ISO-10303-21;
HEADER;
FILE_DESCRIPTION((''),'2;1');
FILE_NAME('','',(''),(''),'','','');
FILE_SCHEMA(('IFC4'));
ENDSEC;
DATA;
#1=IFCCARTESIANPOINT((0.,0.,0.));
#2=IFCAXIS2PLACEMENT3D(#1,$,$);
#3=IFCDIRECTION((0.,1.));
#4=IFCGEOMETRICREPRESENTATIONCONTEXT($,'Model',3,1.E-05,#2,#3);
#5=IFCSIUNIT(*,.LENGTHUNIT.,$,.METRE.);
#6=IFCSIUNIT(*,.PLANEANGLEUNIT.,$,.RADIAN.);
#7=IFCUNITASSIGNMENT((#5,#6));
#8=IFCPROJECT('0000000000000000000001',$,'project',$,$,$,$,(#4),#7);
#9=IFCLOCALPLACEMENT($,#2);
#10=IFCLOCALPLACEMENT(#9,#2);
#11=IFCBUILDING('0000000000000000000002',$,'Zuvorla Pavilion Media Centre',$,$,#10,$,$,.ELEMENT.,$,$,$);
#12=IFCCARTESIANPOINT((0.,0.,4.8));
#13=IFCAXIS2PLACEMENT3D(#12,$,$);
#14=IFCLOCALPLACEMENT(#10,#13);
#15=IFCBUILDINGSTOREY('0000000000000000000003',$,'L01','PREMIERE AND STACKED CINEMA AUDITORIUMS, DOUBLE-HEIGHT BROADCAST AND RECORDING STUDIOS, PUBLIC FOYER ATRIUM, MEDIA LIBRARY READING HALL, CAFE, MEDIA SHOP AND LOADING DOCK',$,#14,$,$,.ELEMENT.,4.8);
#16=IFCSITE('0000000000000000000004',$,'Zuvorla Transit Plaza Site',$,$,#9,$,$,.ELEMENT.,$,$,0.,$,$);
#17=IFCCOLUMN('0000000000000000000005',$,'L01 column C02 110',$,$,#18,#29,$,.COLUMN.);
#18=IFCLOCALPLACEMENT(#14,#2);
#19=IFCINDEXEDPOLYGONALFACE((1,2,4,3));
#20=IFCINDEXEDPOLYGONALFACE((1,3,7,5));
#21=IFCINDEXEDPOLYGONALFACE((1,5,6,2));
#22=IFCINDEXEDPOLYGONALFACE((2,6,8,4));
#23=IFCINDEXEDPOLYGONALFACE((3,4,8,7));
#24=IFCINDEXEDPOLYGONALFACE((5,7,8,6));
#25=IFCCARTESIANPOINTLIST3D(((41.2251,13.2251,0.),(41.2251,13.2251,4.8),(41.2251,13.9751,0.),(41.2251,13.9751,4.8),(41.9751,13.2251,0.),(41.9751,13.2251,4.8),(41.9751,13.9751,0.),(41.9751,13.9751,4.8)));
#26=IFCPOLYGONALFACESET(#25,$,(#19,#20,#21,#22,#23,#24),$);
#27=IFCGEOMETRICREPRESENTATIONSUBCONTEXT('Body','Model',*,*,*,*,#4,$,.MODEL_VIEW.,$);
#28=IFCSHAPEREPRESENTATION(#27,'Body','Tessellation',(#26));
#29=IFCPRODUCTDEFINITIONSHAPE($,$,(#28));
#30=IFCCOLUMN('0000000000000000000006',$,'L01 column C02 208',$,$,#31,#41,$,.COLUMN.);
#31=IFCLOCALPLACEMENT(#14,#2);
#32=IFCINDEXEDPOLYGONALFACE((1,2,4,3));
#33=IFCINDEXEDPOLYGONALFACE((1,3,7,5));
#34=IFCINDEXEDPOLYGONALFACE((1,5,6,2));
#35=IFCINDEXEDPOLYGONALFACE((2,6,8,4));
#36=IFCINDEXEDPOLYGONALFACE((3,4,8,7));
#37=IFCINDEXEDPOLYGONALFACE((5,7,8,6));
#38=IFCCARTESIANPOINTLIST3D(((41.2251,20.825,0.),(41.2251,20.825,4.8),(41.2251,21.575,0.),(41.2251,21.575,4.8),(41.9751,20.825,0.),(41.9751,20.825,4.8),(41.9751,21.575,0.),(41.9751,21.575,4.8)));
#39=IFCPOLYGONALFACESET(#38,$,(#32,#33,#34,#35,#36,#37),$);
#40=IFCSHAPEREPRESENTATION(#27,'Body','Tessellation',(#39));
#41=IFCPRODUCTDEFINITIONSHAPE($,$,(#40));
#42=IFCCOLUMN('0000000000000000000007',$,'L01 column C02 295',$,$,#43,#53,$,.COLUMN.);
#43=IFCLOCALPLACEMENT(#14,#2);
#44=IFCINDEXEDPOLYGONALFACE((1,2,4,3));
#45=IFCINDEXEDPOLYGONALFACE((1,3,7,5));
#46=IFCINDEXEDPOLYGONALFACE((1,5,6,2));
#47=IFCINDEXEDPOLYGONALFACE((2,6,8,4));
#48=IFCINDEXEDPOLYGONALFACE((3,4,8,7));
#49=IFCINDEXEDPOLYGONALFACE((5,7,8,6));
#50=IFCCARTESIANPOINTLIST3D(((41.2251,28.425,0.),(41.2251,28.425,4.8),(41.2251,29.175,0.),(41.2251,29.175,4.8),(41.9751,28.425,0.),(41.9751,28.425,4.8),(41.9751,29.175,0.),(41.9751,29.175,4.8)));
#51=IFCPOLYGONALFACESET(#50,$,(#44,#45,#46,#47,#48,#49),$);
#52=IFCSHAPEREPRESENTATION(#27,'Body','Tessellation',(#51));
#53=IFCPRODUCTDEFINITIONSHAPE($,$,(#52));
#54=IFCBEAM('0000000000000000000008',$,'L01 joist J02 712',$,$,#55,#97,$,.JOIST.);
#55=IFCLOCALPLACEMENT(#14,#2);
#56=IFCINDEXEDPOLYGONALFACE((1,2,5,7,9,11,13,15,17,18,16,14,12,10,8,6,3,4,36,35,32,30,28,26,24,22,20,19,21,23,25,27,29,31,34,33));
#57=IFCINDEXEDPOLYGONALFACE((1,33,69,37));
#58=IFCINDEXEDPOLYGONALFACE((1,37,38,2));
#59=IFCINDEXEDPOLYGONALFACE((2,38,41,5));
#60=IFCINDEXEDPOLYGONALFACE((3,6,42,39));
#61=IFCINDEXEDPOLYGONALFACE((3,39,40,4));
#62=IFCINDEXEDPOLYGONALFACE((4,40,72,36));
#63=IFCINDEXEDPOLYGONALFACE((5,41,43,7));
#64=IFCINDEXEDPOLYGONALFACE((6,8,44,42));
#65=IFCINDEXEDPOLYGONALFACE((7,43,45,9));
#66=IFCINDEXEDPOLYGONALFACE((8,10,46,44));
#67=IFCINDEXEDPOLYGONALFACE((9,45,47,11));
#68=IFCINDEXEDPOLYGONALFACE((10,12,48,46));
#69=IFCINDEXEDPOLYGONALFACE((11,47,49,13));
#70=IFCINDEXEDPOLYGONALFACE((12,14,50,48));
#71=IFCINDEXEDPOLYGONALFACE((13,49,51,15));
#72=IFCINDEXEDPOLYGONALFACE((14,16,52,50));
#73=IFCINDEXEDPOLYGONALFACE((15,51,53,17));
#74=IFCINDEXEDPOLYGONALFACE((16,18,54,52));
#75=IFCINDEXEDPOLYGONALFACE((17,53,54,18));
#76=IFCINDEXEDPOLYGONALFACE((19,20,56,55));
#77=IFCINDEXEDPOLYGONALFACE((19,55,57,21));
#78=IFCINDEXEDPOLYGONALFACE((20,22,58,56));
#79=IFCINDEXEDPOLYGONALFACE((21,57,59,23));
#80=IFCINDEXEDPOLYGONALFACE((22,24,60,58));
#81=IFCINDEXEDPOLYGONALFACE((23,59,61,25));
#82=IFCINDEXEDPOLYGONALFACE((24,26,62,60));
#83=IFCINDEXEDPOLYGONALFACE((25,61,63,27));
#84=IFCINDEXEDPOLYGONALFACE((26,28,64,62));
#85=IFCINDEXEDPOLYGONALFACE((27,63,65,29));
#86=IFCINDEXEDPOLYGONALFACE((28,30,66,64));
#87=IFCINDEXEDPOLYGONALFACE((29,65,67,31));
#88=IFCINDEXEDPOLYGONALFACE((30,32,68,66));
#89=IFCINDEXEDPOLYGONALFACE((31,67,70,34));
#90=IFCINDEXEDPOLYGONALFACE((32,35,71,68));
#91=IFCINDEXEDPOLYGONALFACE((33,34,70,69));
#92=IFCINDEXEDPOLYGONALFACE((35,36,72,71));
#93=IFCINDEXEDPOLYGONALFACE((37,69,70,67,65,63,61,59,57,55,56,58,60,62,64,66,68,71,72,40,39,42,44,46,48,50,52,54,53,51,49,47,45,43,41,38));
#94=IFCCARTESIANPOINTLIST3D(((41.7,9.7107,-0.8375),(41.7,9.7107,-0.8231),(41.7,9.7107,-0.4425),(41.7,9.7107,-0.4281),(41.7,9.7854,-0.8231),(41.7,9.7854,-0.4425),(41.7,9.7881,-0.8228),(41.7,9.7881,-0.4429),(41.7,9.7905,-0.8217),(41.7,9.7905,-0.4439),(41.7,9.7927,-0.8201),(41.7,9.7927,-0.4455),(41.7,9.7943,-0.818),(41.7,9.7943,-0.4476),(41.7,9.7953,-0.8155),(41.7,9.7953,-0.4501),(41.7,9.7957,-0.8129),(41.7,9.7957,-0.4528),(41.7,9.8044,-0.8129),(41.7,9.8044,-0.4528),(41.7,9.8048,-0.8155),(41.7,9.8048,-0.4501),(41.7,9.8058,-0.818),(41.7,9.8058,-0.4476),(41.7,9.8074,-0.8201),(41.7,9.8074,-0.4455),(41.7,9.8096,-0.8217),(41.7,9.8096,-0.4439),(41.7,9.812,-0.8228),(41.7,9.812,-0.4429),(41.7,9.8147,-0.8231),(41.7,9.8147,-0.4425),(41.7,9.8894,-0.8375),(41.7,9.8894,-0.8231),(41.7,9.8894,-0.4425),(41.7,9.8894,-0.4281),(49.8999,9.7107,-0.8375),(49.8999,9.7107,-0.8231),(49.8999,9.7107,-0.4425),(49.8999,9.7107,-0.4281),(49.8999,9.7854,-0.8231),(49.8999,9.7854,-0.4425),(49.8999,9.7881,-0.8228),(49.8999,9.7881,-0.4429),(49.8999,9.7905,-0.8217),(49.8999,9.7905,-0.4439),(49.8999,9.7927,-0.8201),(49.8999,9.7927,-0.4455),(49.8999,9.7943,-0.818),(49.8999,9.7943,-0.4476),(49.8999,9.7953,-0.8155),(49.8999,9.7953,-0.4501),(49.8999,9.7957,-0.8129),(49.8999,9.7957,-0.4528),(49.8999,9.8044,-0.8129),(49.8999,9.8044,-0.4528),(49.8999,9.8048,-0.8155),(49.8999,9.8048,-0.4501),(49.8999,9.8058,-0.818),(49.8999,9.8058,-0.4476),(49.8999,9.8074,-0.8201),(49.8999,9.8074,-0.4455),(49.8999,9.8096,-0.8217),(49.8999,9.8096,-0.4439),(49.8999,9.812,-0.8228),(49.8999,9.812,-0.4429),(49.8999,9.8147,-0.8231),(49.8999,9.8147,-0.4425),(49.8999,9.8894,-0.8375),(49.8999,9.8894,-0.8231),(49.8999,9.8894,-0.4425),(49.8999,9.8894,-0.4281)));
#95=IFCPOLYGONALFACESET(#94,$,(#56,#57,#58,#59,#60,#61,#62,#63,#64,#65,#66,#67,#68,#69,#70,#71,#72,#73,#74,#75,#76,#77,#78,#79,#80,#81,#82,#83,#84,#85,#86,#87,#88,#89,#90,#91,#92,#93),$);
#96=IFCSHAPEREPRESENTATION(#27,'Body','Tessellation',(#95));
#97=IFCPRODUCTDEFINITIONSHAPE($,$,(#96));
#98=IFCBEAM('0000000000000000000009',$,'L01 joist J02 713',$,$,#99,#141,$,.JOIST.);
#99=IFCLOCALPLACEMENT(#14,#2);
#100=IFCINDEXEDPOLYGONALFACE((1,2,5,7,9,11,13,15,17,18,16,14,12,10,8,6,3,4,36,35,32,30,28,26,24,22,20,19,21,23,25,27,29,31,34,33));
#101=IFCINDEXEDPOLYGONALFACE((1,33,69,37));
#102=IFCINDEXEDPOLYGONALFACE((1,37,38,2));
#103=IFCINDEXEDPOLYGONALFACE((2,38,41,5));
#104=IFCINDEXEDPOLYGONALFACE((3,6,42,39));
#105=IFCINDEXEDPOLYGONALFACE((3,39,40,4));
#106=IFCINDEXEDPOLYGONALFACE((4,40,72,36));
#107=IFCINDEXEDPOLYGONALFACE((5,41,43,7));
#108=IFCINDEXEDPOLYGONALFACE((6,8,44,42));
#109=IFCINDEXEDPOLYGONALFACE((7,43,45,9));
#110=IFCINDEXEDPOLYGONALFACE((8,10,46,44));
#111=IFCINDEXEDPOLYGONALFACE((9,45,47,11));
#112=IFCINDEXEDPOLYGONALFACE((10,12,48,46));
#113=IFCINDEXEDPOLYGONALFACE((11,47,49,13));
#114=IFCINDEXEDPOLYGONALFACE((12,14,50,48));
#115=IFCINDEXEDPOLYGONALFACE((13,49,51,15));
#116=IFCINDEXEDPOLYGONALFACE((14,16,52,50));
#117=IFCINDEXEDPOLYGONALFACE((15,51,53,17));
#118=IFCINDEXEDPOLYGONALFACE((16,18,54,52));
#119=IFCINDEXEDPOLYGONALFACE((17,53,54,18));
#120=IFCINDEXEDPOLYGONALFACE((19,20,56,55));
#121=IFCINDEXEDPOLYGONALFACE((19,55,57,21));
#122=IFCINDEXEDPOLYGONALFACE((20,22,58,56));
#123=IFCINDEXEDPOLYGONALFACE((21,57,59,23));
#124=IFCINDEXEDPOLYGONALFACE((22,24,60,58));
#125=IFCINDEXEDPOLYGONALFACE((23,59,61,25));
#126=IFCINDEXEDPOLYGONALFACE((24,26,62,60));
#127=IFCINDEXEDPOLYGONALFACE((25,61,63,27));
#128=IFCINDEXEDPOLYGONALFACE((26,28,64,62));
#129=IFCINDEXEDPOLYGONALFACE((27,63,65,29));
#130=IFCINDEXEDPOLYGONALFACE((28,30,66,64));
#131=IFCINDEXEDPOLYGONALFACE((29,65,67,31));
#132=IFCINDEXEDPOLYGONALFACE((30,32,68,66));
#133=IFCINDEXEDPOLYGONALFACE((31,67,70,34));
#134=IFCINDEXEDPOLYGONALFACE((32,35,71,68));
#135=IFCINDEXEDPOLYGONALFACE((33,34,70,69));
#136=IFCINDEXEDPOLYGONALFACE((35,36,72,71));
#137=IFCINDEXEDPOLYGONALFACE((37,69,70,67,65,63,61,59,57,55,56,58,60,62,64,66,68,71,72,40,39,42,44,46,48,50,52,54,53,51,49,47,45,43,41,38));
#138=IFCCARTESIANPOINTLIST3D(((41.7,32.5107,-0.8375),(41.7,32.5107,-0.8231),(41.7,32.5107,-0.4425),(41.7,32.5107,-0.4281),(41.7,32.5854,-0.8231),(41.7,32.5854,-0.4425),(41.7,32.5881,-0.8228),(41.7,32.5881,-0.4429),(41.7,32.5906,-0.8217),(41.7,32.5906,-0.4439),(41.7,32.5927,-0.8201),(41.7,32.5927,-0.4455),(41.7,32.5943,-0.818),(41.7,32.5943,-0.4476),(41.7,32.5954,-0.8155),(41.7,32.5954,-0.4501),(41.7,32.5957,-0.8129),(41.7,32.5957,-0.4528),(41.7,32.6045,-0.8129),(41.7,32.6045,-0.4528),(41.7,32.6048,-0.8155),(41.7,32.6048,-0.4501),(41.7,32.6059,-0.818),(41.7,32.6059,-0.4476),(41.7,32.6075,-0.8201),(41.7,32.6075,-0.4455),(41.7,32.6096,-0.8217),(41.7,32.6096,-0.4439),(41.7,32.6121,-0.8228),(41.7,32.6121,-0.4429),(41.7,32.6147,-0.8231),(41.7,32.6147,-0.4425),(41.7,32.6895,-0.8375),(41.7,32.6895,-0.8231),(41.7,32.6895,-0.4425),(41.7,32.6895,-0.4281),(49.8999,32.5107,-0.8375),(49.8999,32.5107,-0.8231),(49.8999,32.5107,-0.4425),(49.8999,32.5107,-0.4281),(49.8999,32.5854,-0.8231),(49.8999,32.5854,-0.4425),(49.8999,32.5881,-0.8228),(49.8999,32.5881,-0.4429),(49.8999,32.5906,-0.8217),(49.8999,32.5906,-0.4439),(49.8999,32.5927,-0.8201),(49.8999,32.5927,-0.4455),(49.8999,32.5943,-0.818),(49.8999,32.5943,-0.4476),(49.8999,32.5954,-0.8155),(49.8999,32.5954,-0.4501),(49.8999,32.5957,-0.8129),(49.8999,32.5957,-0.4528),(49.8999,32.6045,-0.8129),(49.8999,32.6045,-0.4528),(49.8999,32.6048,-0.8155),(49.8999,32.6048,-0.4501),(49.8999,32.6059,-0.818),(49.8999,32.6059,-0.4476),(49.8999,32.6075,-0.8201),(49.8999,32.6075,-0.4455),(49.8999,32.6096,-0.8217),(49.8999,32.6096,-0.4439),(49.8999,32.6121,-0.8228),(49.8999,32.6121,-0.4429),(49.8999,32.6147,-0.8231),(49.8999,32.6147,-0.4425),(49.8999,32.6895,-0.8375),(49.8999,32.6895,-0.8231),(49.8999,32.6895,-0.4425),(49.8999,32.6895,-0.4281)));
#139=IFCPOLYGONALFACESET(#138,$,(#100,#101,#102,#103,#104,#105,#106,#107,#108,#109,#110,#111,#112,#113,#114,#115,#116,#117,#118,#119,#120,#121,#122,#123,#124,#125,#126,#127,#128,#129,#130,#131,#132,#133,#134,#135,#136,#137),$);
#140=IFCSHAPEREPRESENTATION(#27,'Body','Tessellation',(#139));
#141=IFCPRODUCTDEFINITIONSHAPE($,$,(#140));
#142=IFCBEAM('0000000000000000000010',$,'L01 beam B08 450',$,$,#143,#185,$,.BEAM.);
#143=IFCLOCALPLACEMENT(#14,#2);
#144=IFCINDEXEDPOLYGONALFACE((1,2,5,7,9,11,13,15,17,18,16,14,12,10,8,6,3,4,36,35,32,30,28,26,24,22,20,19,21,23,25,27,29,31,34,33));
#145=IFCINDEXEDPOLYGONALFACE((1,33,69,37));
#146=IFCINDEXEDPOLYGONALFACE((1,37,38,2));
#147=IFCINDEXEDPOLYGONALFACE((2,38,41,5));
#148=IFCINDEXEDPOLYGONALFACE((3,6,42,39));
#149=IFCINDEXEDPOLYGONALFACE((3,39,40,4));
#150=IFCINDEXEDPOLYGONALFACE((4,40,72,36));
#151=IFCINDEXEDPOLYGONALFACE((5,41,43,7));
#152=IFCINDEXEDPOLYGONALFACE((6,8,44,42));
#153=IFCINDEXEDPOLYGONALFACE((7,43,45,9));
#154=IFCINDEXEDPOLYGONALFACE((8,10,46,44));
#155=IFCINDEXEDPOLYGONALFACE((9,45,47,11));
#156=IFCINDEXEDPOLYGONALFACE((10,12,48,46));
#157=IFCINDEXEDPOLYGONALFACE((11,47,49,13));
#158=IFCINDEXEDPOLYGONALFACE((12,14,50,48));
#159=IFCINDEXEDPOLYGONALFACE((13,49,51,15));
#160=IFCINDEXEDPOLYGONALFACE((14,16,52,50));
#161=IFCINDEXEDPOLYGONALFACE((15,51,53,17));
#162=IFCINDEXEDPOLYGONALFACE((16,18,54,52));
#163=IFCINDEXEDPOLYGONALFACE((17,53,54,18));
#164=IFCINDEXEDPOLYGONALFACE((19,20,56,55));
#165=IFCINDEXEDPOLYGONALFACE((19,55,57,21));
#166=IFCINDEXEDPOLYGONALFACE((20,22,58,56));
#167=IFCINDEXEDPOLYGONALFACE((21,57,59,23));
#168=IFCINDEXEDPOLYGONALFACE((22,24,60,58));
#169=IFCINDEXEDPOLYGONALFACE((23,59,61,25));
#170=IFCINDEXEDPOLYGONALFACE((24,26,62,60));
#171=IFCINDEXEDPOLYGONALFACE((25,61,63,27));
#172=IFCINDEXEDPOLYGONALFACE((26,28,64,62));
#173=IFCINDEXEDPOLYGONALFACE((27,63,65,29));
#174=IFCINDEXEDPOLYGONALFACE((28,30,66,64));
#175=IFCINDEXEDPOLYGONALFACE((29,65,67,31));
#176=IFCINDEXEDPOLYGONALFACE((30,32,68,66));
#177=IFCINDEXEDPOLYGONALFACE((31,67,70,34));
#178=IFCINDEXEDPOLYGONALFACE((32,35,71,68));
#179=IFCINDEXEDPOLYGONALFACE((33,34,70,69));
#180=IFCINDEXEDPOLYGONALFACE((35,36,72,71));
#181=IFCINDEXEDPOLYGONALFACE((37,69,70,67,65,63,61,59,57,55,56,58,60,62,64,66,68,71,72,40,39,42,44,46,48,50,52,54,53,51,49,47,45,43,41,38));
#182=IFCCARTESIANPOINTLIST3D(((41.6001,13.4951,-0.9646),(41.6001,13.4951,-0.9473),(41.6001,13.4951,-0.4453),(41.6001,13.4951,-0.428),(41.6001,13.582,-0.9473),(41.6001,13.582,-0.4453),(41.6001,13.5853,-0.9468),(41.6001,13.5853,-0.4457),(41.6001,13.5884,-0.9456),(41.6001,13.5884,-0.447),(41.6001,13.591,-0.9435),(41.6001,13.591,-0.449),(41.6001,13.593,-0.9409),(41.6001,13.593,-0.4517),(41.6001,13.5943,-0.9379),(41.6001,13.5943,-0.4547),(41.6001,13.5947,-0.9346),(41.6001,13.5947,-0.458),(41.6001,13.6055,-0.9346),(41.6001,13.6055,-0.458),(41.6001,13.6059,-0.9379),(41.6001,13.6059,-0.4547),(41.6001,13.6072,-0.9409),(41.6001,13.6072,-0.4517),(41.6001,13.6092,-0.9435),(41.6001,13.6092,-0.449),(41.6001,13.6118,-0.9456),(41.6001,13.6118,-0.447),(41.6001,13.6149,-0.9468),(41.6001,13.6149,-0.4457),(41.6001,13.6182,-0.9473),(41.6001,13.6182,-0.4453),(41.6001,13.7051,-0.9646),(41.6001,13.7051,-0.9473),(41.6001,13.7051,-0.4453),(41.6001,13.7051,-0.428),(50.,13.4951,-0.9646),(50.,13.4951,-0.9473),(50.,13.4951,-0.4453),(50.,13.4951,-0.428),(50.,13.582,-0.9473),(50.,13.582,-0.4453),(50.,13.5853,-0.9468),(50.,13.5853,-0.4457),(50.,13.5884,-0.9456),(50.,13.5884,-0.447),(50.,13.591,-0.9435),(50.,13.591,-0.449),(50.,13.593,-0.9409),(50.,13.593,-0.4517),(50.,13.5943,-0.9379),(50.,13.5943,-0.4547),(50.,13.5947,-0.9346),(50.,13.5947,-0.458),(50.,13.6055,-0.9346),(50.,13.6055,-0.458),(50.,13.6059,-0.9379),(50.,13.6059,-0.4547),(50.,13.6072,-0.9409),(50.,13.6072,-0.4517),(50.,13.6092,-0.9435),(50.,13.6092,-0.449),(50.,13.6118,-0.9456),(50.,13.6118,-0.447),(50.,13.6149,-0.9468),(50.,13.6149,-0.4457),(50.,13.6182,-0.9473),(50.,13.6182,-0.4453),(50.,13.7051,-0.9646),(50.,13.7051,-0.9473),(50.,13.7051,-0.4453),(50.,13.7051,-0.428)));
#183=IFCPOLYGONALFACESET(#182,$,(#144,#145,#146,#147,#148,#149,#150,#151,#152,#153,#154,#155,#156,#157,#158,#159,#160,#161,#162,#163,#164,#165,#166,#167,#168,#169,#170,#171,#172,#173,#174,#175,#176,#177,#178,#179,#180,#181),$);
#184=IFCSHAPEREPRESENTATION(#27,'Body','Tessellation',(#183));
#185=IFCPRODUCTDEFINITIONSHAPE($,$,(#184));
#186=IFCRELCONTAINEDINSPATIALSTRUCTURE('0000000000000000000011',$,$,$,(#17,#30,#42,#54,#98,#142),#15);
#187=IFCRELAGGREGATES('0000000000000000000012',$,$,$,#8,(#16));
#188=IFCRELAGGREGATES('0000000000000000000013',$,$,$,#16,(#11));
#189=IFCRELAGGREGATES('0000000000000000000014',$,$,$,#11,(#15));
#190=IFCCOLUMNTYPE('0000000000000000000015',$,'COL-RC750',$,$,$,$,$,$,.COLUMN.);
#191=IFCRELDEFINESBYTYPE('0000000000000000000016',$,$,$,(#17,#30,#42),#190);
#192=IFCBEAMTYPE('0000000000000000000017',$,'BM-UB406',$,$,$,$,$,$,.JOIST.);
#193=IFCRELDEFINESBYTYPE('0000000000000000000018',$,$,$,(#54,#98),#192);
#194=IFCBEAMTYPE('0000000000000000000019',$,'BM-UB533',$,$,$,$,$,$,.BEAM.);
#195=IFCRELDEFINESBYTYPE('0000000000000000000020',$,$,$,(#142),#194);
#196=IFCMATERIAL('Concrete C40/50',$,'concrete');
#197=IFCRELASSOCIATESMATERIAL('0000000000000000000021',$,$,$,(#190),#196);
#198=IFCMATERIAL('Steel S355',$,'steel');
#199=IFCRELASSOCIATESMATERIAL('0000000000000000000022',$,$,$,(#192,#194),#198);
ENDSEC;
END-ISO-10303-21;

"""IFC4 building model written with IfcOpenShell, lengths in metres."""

from ifc_helpers import new_model, si_unit, direction, frame, origin, origin_2d, place, context, subcontext, project, spatial, rectangle, i_section, extrude, material, material_profile, profile_set, type_object, element, save


model = new_model("IFC4")

# Units and contexts
model_context = context("Model", 3, precision=1e-05, world=origin(), true_north=direction((0.0, 1.0)))
body_context = subcontext(model_context, "Body", "Model", "MODEL_VIEW")
ifc_project = project(units=[si_unit("LENGTHUNIT", "METRE"), si_unit("PLANEANGLEUNIT", "RADIAN")], contexts=[model_context])

# Site, building, storey
site_placement = place(None, origin())
site = spatial("IfcSite", under=ifc_project, at=site_placement, Name="Zuvorla Transit Plaza Site", CompositionType="ELEMENT", RefElevation=0.0)
building_placement = place(site_placement, origin())
building = spatial("IfcBuilding", under=site, at=building_placement, Name="Zuvorla Pavilion Media Centre", CompositionType="ELEMENT")
storey_placement = place(building_placement, frame((0.0, 0.0, 4.8)))
storey = spatial("IfcBuildingStorey", under=building, at=storey_placement, Name="L01", Description="PREMIERE AND STACKED CINEMA AUDITORIUMS, DOUBLE-HEIGHT BROADCAST AND RECORDING STUDIOS, PUBLIC FOYER ATRIUM, MEDIA LIBRARY READING HALL, CAFE, MEDIA SHOP AND LOADING DOCK", CompositionType="ELEMENT", Elevation=4.8)

# Columns
ifc_material_1 = material(Name="Concrete C40/50", Category="concrete")
ifc_material_profile_1 = material_profile(ifc_material_1, rectangle(XDim=0.75, YDim=0.75, at=origin_2d()), Name="RC 750x750")
ifc_profile_set_1 = profile_set([ifc_material_profile_1], Name="Concrete C40/50")
column_type = type_object("IfcColumnType", Name="COL-RC750", PredefinedType="COLUMN", material=ifc_profile_set_1)
for number, where, z_axis, x_axis, name in (
    (1, (41.6001, 13.6001, 0.0), (0.0, 0.0, 1.0), (1.0, 0.0, 0.0), "L01 column C02 110"),
    (2, (41.6001, 21.2, 0.0), (0.0, 0.0, 1.0), (1.0, 0.0, 0.0), "L01 column C02 208"),
    (3, (41.6001, 28.8, 0.0), (0.0, 0.0, 1.0), (1.0, 0.0, 0.0), "L01 column C02 295"),
):
    element("IfcColumn", number, at=place(storey_placement, frame(where, z_axis=z_axis, x_axis=x_axis)), inside=storey, type_object=column_type, Name=name, PredefinedType="COLUMN", context=body_context, shape_type="SweptSolid", body=[
        extrude(rectangle(XDim=0.75, YDim=0.75, at=origin_2d()), origin(), (0.0, 0.0, 1.0), 4.8),
    ])

# Beams
ifc_material_2 = material(Name="Steel S355", Category="steel")
ifc_material_profile_2 = material_profile(ifc_material_2, i_section(OverallWidth=0.1787, OverallDepth=0.4094, WebThickness=0.0088, FlangeThickness=0.0144, FilletRadius=0.0103, at=origin_2d()), Name="UB 406x178x67")
ifc_profile_set_2 = profile_set([ifc_material_profile_2], Name="Steel S355")
beam_type_1 = type_object("IfcBeamType", Name="BM-UB406", PredefinedType="JOIST", material=ifc_profile_set_2)
for number, where, z_axis, x_axis, name in (
    (4, (41.7, 9.8, -0.6328), (1.0, 0.0, 0.0), (0.0, 1.0, 0.0), "L01 joist J02 712"),
    (5, (41.7, 32.6001, -0.6328), (1.0, 0.0, 0.0), (0.0, 1.0, 0.0), "L01 joist J02 713"),
):
    element("IfcBeam", number, at=place(storey_placement, frame(where, z_axis=z_axis, x_axis=x_axis)), inside=storey, type_object=beam_type_1, Name=name, PredefinedType="JOIST", context=body_context, shape_type="SweptSolid", body=[
        extrude(i_section(OverallWidth=0.1787, OverallDepth=0.4094, WebThickness=0.0088, FlangeThickness=0.0144, FilletRadius=0.0103, at=origin_2d()), origin(), (0.0, 0.0, 1.0), 8.2),
    ])
ifc_material_profile_3 = material_profile(ifc_material_2, i_section(OverallWidth=0.21, OverallDepth=0.5366, WebThickness=0.0107, FlangeThickness=0.0173, FilletRadius=0.0127, at=origin_2d()), Name="UB 533x210x101")
ifc_profile_set_3 = profile_set([ifc_material_profile_3], Name="Steel S355")
beam_type_2 = type_object("IfcBeamType", Name="BM-UB533", PredefinedType="BEAM", material=ifc_profile_set_3)
for number, where, z_axis, x_axis, name in (
    (6, (41.6001, 13.6001, -0.6963), (1.0, 0.0, 0.0), (0.0, 1.0, 0.0), "L01 beam B08 450"),
):
    element("IfcBeam", number, at=place(storey_placement, frame(where, z_axis=z_axis, x_axis=x_axis)), inside=storey, type_object=beam_type_2, Name=name, PredefinedType="BEAM", context=body_context, shape_type="SweptSolid", body=[
        extrude(i_section(OverallWidth=0.21, OverallDepth=0.5366, WebThickness=0.0107, FlangeThickness=0.0173, FilletRadius=0.0127, at=origin_2d()), origin(), (0.0, 0.0, 1.0), 8.3999),
    ])

save(model, "model.ifc")
